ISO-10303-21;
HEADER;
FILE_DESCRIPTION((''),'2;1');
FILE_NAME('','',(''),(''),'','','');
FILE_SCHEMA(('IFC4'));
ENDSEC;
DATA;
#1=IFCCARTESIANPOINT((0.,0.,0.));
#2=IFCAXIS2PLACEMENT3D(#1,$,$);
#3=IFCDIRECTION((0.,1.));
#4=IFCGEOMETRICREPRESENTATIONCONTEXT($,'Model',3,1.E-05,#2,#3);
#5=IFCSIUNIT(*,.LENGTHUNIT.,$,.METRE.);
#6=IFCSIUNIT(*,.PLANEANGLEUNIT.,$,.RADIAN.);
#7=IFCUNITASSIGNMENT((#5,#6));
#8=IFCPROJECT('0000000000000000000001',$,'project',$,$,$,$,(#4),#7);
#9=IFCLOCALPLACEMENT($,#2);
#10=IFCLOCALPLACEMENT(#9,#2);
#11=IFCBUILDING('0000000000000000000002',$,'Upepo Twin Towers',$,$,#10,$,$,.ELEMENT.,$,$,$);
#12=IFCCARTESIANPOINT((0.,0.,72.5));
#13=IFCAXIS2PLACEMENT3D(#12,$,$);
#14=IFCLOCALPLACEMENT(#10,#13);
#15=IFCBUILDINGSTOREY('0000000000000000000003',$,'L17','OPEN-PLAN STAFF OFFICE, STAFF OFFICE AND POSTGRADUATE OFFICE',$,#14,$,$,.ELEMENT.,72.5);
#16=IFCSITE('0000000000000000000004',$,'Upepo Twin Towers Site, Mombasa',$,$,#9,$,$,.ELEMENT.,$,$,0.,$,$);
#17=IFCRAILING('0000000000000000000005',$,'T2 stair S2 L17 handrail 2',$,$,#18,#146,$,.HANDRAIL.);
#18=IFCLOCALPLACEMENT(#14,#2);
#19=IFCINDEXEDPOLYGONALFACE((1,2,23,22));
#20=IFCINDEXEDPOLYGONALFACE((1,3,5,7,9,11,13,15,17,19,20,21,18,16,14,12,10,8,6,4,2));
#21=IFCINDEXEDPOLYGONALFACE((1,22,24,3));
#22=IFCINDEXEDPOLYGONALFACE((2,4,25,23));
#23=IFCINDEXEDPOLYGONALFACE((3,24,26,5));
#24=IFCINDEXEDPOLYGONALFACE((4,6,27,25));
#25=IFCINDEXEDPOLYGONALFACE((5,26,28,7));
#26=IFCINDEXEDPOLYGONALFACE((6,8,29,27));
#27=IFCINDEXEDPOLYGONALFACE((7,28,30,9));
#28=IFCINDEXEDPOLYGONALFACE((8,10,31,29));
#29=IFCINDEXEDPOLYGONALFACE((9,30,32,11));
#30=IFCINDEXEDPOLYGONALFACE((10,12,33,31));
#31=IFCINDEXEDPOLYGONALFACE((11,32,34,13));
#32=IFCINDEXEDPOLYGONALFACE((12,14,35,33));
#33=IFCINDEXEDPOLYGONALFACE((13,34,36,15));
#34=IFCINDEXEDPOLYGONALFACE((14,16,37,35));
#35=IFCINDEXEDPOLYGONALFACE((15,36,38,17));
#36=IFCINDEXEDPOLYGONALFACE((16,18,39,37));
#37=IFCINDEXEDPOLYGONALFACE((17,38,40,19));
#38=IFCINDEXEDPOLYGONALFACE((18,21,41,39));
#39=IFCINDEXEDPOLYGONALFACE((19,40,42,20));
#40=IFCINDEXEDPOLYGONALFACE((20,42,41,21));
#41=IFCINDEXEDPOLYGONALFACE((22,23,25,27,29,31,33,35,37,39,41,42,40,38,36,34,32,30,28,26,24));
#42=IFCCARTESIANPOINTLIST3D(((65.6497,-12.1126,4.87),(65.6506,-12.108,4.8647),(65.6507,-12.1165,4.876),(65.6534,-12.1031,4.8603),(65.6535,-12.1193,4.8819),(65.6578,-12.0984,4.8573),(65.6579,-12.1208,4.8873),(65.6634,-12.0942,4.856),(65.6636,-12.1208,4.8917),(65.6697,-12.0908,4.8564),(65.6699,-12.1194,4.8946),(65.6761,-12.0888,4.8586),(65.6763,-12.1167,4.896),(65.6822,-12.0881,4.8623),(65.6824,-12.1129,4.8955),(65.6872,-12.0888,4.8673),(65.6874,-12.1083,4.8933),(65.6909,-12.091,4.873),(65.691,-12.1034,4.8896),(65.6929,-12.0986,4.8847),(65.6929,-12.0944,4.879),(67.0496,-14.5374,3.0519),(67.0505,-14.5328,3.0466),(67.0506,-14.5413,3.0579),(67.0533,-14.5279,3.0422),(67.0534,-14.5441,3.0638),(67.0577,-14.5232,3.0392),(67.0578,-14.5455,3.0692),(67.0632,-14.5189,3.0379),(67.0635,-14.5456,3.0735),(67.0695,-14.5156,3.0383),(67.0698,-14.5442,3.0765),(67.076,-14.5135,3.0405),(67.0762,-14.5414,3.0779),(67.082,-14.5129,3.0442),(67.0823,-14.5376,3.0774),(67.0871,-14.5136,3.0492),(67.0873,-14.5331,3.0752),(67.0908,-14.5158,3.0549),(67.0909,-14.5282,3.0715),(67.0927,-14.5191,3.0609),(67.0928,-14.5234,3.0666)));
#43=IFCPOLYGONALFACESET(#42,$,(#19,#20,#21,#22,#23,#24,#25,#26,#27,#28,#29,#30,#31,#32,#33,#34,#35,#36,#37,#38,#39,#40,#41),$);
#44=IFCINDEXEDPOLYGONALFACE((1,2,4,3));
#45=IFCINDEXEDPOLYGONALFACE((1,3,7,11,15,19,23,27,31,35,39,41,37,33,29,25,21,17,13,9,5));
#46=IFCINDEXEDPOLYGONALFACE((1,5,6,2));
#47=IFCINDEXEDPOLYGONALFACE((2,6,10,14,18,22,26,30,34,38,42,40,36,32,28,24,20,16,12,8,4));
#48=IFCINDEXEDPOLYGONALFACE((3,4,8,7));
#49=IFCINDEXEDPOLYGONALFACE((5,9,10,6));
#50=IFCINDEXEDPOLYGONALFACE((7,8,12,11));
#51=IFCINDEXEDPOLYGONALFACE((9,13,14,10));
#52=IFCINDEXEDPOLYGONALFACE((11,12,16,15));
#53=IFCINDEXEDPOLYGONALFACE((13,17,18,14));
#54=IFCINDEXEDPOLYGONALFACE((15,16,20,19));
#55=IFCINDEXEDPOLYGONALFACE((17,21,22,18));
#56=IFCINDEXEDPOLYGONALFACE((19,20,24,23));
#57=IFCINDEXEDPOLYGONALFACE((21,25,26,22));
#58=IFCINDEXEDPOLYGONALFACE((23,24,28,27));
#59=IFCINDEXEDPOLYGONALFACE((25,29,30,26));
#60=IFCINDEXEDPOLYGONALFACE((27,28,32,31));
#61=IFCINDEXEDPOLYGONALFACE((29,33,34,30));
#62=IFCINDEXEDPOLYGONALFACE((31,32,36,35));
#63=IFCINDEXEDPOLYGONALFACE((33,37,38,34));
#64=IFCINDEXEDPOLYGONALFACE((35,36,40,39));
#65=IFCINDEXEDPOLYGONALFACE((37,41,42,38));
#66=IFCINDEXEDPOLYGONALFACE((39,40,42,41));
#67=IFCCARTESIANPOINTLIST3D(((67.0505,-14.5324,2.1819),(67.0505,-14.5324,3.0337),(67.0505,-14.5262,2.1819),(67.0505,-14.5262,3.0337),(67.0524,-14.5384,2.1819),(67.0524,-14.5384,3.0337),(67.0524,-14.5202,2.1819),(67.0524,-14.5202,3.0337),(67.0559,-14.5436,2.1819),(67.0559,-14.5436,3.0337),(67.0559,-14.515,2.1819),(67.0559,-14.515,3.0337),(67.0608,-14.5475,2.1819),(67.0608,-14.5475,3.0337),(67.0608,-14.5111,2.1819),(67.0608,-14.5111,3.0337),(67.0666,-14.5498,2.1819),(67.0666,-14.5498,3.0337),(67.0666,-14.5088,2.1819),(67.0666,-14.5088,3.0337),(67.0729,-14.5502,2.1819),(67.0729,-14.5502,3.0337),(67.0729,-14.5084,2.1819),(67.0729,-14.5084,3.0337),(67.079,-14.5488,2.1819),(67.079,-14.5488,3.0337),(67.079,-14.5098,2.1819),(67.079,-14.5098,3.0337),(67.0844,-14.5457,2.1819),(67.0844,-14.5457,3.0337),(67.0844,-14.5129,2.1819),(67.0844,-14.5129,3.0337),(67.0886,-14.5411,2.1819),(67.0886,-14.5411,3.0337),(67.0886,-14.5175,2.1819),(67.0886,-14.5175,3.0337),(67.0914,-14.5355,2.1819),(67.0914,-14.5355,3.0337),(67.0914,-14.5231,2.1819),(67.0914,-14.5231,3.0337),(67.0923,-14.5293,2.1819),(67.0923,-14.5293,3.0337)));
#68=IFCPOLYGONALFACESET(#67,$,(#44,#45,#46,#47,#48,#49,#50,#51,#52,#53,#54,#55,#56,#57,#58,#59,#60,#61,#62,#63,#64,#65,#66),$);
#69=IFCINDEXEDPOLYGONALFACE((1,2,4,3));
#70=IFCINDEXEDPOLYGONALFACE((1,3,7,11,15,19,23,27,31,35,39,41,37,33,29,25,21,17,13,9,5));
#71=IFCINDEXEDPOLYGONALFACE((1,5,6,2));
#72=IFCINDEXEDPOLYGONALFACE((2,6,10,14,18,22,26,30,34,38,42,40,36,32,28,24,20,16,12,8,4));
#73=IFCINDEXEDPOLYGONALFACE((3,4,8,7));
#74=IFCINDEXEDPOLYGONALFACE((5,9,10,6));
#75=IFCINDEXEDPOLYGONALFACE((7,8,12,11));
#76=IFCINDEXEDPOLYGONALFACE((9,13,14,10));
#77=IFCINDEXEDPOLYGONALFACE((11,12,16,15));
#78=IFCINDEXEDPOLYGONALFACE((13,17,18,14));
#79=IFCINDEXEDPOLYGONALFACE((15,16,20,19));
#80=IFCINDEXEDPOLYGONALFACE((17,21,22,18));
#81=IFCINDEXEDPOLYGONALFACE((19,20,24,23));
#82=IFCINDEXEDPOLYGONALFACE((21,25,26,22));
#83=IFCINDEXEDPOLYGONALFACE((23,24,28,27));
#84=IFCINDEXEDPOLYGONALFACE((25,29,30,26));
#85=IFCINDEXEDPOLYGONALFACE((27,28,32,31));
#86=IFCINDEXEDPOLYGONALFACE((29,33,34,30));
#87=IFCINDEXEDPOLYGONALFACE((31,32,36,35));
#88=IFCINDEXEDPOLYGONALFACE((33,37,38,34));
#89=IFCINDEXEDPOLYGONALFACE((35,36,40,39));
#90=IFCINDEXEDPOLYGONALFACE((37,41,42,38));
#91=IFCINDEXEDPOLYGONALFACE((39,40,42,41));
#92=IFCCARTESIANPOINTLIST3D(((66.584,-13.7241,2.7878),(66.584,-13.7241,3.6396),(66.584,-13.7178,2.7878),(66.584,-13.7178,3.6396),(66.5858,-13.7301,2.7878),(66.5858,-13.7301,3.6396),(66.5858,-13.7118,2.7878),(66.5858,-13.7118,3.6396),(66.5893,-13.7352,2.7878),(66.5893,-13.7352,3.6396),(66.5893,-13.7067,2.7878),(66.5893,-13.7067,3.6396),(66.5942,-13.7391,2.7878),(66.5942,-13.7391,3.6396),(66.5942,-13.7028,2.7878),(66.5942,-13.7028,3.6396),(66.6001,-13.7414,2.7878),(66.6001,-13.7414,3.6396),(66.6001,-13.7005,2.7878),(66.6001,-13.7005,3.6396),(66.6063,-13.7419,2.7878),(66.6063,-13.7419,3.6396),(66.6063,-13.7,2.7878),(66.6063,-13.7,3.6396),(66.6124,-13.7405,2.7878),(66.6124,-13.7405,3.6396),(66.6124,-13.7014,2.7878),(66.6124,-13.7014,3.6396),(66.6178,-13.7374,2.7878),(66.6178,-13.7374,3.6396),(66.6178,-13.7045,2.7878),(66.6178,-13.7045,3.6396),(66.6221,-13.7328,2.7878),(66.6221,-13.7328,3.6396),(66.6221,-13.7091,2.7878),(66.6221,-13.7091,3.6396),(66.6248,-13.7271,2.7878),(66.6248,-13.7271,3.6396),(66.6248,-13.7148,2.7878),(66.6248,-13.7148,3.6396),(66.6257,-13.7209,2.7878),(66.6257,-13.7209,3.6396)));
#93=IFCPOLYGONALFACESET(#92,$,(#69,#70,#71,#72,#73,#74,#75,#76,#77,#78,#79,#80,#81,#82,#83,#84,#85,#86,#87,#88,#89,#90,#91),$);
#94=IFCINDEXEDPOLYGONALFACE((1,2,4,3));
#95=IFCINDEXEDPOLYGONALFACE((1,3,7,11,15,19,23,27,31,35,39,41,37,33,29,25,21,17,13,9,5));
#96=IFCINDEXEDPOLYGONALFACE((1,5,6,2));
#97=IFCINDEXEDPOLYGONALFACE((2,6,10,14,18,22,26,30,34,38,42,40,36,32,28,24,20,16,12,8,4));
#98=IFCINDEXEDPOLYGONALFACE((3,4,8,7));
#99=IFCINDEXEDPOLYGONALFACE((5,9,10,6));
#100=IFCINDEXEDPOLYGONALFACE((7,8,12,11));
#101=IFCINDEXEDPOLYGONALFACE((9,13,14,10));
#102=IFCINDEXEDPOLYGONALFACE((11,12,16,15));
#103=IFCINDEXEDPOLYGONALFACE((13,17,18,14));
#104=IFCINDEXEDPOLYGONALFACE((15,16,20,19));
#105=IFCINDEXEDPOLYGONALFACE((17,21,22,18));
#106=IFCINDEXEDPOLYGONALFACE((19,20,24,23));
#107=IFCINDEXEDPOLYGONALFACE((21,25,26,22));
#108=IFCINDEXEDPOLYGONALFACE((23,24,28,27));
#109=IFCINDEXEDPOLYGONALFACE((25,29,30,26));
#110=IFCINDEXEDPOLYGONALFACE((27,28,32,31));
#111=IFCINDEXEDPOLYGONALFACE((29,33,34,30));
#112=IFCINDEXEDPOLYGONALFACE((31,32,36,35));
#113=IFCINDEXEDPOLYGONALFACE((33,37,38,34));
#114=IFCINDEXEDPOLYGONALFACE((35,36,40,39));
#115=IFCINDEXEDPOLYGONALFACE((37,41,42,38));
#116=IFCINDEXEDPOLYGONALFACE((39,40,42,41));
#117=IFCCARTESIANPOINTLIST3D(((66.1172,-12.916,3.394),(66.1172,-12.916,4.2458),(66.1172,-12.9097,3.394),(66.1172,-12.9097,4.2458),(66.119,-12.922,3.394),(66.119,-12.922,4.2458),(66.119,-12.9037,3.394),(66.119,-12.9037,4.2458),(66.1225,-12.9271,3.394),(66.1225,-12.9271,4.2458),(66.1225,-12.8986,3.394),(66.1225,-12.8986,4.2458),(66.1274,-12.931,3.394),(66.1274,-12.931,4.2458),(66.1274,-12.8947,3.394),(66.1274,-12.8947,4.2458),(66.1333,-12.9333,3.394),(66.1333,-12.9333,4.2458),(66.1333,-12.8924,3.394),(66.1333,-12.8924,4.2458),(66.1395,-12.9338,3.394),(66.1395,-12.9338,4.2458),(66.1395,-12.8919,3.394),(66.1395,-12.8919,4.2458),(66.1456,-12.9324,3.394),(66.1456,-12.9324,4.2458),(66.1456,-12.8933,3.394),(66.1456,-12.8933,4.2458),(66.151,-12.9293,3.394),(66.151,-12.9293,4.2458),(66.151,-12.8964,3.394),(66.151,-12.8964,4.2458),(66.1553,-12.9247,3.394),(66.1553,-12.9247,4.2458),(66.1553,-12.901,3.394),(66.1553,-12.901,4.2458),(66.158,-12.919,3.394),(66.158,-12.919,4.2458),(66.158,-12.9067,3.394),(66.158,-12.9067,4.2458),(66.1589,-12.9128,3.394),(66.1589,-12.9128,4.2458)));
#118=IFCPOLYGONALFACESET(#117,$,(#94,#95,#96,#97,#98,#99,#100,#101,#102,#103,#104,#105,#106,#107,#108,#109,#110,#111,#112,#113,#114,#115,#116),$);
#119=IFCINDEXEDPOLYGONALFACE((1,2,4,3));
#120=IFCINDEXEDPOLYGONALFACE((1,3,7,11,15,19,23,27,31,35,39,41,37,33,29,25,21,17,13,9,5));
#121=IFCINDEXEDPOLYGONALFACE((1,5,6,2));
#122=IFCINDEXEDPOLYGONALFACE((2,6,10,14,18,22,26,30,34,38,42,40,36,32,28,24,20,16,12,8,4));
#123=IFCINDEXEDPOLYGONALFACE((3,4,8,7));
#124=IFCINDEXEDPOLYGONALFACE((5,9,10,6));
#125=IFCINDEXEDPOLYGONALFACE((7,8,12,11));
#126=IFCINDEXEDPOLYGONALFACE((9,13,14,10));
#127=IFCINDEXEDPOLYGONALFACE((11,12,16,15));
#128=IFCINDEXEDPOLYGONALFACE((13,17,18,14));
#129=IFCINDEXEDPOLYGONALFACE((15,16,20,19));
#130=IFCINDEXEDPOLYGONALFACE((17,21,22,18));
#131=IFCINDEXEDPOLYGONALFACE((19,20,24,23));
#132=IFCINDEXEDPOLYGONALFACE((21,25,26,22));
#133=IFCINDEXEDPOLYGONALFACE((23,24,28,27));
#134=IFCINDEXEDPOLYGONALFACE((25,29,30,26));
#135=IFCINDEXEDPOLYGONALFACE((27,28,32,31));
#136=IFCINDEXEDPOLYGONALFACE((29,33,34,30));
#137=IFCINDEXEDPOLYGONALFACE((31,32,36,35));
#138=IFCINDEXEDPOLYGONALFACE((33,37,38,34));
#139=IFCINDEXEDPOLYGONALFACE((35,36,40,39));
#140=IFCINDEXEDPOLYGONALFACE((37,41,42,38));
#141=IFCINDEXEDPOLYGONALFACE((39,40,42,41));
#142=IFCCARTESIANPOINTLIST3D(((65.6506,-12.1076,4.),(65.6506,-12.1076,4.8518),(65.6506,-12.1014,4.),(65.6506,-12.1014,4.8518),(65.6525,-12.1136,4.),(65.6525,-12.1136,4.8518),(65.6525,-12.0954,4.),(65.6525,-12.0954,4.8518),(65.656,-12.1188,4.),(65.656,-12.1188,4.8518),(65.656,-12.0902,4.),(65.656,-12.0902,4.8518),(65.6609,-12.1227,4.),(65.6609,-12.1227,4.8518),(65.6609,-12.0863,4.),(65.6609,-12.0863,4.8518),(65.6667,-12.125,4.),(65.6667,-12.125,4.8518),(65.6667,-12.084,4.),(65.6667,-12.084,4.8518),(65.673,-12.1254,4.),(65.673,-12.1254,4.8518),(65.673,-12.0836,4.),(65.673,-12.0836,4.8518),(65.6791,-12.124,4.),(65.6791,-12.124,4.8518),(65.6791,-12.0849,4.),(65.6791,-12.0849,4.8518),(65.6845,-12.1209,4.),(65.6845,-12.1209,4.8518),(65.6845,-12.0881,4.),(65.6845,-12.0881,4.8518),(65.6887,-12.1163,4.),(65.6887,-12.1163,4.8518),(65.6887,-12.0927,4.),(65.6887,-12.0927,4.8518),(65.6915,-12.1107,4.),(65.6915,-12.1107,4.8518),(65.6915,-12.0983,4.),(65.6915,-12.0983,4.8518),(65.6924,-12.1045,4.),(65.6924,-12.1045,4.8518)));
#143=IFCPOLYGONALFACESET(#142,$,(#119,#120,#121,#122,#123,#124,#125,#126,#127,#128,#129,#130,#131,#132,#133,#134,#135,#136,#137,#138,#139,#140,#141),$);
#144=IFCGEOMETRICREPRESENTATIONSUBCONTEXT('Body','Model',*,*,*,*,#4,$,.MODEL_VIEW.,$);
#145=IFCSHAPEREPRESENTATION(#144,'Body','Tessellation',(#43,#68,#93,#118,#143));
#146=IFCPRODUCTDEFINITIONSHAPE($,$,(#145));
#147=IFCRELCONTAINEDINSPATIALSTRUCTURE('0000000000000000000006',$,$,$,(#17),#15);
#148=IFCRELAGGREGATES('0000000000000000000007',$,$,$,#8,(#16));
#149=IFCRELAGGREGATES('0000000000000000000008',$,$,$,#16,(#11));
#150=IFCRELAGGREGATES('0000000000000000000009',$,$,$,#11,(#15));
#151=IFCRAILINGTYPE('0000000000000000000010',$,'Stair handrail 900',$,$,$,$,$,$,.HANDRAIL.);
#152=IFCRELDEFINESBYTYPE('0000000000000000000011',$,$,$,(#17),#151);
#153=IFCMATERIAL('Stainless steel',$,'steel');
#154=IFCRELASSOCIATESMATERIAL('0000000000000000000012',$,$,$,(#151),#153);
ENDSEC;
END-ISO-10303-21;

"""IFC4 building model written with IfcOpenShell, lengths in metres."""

from ifc_helpers import new_model, si_unit, direction, frame, origin, origin_2d, place, context, subcontext, project, spatial, circle, extrude, material, type_object, element, save


model = new_model("IFC4")

# Units and contexts
model_context = context("Model", 3, precision=1e-05, world=origin(), true_north=direction((0.0, 1.0)))
body_context = subcontext(model_context, "Body", "Model", "MODEL_VIEW")
ifc_project = project(units=[si_unit("LENGTHUNIT", "METRE"), si_unit("PLANEANGLEUNIT", "RADIAN")], contexts=[model_context])

# Site, building, storey
site_placement = place(None, origin())
site = spatial("IfcSite", under=ifc_project, at=site_placement, Name="Upepo Twin Towers Site, Mombasa", CompositionType="ELEMENT", RefElevation=0.0)
building_placement = place(site_placement, origin())
building = spatial("IfcBuilding", under=site, at=building_placement, Name="Upepo Twin Towers", CompositionType="ELEMENT")
storey_placement = place(building_placement, frame((0.0, 0.0, 72.5)))
storey = spatial("IfcBuildingStorey", under=building, at=storey_placement, Name="L17", Description="OPEN-PLAN STAFF OFFICE, STAFF OFFICE AND POSTGRADUATE OFFICE", CompositionType="ELEMENT", Elevation=72.5)

# Railing
ifc_material_1 = material(Name="Stainless steel", Category="steel")
railing_type = type_object("IfcRailingType", Name="Stair handrail 900", PredefinedType="HANDRAIL", material=ifc_material_1)
railing_1_placement = place(storey_placement, frame((67.0713, -14.5293, 2.1819)))
element("IfcRailing", 1, at=railing_1_placement, inside=storey, type_object=railing_type, Name="T2 stair S2 L17 handrail 2", PredefinedType="HANDRAIL", context=body_context, shape_type="SweptSolid", body=[
    extrude(circle(Radius=0.0239, at=origin_2d()), frame((0.0, 0.0, 0.876), z_axis=(-0.419333, 0.726336, 0.544606), x_axis=(-0.866035, -0.499984, 0.0)), (0.0, 0.0, 1.0), 3.3384),
    extrude(circle(Radius=0.021, at=origin_2d()), origin(), (0.0, 0.0, 1.0), 0.8518),
    extrude(circle(Radius=0.021, at=origin_2d()), frame((-0.4666, 0.8083, 0.606)), (0.0, 0.0, 1.0), 0.8518),
    extrude(circle(Radius=0.021, at=origin_2d()), frame((-0.9333, 1.6165, 1.2122)), (0.0, 0.0, 1.0), 0.8518),
    extrude(circle(Radius=0.021, at=origin_2d()), frame((-1.3999, 2.4248, 1.8181)), (0.0, 0.0, 1.0), 0.8518),
])

save(model, "model.ifc")
